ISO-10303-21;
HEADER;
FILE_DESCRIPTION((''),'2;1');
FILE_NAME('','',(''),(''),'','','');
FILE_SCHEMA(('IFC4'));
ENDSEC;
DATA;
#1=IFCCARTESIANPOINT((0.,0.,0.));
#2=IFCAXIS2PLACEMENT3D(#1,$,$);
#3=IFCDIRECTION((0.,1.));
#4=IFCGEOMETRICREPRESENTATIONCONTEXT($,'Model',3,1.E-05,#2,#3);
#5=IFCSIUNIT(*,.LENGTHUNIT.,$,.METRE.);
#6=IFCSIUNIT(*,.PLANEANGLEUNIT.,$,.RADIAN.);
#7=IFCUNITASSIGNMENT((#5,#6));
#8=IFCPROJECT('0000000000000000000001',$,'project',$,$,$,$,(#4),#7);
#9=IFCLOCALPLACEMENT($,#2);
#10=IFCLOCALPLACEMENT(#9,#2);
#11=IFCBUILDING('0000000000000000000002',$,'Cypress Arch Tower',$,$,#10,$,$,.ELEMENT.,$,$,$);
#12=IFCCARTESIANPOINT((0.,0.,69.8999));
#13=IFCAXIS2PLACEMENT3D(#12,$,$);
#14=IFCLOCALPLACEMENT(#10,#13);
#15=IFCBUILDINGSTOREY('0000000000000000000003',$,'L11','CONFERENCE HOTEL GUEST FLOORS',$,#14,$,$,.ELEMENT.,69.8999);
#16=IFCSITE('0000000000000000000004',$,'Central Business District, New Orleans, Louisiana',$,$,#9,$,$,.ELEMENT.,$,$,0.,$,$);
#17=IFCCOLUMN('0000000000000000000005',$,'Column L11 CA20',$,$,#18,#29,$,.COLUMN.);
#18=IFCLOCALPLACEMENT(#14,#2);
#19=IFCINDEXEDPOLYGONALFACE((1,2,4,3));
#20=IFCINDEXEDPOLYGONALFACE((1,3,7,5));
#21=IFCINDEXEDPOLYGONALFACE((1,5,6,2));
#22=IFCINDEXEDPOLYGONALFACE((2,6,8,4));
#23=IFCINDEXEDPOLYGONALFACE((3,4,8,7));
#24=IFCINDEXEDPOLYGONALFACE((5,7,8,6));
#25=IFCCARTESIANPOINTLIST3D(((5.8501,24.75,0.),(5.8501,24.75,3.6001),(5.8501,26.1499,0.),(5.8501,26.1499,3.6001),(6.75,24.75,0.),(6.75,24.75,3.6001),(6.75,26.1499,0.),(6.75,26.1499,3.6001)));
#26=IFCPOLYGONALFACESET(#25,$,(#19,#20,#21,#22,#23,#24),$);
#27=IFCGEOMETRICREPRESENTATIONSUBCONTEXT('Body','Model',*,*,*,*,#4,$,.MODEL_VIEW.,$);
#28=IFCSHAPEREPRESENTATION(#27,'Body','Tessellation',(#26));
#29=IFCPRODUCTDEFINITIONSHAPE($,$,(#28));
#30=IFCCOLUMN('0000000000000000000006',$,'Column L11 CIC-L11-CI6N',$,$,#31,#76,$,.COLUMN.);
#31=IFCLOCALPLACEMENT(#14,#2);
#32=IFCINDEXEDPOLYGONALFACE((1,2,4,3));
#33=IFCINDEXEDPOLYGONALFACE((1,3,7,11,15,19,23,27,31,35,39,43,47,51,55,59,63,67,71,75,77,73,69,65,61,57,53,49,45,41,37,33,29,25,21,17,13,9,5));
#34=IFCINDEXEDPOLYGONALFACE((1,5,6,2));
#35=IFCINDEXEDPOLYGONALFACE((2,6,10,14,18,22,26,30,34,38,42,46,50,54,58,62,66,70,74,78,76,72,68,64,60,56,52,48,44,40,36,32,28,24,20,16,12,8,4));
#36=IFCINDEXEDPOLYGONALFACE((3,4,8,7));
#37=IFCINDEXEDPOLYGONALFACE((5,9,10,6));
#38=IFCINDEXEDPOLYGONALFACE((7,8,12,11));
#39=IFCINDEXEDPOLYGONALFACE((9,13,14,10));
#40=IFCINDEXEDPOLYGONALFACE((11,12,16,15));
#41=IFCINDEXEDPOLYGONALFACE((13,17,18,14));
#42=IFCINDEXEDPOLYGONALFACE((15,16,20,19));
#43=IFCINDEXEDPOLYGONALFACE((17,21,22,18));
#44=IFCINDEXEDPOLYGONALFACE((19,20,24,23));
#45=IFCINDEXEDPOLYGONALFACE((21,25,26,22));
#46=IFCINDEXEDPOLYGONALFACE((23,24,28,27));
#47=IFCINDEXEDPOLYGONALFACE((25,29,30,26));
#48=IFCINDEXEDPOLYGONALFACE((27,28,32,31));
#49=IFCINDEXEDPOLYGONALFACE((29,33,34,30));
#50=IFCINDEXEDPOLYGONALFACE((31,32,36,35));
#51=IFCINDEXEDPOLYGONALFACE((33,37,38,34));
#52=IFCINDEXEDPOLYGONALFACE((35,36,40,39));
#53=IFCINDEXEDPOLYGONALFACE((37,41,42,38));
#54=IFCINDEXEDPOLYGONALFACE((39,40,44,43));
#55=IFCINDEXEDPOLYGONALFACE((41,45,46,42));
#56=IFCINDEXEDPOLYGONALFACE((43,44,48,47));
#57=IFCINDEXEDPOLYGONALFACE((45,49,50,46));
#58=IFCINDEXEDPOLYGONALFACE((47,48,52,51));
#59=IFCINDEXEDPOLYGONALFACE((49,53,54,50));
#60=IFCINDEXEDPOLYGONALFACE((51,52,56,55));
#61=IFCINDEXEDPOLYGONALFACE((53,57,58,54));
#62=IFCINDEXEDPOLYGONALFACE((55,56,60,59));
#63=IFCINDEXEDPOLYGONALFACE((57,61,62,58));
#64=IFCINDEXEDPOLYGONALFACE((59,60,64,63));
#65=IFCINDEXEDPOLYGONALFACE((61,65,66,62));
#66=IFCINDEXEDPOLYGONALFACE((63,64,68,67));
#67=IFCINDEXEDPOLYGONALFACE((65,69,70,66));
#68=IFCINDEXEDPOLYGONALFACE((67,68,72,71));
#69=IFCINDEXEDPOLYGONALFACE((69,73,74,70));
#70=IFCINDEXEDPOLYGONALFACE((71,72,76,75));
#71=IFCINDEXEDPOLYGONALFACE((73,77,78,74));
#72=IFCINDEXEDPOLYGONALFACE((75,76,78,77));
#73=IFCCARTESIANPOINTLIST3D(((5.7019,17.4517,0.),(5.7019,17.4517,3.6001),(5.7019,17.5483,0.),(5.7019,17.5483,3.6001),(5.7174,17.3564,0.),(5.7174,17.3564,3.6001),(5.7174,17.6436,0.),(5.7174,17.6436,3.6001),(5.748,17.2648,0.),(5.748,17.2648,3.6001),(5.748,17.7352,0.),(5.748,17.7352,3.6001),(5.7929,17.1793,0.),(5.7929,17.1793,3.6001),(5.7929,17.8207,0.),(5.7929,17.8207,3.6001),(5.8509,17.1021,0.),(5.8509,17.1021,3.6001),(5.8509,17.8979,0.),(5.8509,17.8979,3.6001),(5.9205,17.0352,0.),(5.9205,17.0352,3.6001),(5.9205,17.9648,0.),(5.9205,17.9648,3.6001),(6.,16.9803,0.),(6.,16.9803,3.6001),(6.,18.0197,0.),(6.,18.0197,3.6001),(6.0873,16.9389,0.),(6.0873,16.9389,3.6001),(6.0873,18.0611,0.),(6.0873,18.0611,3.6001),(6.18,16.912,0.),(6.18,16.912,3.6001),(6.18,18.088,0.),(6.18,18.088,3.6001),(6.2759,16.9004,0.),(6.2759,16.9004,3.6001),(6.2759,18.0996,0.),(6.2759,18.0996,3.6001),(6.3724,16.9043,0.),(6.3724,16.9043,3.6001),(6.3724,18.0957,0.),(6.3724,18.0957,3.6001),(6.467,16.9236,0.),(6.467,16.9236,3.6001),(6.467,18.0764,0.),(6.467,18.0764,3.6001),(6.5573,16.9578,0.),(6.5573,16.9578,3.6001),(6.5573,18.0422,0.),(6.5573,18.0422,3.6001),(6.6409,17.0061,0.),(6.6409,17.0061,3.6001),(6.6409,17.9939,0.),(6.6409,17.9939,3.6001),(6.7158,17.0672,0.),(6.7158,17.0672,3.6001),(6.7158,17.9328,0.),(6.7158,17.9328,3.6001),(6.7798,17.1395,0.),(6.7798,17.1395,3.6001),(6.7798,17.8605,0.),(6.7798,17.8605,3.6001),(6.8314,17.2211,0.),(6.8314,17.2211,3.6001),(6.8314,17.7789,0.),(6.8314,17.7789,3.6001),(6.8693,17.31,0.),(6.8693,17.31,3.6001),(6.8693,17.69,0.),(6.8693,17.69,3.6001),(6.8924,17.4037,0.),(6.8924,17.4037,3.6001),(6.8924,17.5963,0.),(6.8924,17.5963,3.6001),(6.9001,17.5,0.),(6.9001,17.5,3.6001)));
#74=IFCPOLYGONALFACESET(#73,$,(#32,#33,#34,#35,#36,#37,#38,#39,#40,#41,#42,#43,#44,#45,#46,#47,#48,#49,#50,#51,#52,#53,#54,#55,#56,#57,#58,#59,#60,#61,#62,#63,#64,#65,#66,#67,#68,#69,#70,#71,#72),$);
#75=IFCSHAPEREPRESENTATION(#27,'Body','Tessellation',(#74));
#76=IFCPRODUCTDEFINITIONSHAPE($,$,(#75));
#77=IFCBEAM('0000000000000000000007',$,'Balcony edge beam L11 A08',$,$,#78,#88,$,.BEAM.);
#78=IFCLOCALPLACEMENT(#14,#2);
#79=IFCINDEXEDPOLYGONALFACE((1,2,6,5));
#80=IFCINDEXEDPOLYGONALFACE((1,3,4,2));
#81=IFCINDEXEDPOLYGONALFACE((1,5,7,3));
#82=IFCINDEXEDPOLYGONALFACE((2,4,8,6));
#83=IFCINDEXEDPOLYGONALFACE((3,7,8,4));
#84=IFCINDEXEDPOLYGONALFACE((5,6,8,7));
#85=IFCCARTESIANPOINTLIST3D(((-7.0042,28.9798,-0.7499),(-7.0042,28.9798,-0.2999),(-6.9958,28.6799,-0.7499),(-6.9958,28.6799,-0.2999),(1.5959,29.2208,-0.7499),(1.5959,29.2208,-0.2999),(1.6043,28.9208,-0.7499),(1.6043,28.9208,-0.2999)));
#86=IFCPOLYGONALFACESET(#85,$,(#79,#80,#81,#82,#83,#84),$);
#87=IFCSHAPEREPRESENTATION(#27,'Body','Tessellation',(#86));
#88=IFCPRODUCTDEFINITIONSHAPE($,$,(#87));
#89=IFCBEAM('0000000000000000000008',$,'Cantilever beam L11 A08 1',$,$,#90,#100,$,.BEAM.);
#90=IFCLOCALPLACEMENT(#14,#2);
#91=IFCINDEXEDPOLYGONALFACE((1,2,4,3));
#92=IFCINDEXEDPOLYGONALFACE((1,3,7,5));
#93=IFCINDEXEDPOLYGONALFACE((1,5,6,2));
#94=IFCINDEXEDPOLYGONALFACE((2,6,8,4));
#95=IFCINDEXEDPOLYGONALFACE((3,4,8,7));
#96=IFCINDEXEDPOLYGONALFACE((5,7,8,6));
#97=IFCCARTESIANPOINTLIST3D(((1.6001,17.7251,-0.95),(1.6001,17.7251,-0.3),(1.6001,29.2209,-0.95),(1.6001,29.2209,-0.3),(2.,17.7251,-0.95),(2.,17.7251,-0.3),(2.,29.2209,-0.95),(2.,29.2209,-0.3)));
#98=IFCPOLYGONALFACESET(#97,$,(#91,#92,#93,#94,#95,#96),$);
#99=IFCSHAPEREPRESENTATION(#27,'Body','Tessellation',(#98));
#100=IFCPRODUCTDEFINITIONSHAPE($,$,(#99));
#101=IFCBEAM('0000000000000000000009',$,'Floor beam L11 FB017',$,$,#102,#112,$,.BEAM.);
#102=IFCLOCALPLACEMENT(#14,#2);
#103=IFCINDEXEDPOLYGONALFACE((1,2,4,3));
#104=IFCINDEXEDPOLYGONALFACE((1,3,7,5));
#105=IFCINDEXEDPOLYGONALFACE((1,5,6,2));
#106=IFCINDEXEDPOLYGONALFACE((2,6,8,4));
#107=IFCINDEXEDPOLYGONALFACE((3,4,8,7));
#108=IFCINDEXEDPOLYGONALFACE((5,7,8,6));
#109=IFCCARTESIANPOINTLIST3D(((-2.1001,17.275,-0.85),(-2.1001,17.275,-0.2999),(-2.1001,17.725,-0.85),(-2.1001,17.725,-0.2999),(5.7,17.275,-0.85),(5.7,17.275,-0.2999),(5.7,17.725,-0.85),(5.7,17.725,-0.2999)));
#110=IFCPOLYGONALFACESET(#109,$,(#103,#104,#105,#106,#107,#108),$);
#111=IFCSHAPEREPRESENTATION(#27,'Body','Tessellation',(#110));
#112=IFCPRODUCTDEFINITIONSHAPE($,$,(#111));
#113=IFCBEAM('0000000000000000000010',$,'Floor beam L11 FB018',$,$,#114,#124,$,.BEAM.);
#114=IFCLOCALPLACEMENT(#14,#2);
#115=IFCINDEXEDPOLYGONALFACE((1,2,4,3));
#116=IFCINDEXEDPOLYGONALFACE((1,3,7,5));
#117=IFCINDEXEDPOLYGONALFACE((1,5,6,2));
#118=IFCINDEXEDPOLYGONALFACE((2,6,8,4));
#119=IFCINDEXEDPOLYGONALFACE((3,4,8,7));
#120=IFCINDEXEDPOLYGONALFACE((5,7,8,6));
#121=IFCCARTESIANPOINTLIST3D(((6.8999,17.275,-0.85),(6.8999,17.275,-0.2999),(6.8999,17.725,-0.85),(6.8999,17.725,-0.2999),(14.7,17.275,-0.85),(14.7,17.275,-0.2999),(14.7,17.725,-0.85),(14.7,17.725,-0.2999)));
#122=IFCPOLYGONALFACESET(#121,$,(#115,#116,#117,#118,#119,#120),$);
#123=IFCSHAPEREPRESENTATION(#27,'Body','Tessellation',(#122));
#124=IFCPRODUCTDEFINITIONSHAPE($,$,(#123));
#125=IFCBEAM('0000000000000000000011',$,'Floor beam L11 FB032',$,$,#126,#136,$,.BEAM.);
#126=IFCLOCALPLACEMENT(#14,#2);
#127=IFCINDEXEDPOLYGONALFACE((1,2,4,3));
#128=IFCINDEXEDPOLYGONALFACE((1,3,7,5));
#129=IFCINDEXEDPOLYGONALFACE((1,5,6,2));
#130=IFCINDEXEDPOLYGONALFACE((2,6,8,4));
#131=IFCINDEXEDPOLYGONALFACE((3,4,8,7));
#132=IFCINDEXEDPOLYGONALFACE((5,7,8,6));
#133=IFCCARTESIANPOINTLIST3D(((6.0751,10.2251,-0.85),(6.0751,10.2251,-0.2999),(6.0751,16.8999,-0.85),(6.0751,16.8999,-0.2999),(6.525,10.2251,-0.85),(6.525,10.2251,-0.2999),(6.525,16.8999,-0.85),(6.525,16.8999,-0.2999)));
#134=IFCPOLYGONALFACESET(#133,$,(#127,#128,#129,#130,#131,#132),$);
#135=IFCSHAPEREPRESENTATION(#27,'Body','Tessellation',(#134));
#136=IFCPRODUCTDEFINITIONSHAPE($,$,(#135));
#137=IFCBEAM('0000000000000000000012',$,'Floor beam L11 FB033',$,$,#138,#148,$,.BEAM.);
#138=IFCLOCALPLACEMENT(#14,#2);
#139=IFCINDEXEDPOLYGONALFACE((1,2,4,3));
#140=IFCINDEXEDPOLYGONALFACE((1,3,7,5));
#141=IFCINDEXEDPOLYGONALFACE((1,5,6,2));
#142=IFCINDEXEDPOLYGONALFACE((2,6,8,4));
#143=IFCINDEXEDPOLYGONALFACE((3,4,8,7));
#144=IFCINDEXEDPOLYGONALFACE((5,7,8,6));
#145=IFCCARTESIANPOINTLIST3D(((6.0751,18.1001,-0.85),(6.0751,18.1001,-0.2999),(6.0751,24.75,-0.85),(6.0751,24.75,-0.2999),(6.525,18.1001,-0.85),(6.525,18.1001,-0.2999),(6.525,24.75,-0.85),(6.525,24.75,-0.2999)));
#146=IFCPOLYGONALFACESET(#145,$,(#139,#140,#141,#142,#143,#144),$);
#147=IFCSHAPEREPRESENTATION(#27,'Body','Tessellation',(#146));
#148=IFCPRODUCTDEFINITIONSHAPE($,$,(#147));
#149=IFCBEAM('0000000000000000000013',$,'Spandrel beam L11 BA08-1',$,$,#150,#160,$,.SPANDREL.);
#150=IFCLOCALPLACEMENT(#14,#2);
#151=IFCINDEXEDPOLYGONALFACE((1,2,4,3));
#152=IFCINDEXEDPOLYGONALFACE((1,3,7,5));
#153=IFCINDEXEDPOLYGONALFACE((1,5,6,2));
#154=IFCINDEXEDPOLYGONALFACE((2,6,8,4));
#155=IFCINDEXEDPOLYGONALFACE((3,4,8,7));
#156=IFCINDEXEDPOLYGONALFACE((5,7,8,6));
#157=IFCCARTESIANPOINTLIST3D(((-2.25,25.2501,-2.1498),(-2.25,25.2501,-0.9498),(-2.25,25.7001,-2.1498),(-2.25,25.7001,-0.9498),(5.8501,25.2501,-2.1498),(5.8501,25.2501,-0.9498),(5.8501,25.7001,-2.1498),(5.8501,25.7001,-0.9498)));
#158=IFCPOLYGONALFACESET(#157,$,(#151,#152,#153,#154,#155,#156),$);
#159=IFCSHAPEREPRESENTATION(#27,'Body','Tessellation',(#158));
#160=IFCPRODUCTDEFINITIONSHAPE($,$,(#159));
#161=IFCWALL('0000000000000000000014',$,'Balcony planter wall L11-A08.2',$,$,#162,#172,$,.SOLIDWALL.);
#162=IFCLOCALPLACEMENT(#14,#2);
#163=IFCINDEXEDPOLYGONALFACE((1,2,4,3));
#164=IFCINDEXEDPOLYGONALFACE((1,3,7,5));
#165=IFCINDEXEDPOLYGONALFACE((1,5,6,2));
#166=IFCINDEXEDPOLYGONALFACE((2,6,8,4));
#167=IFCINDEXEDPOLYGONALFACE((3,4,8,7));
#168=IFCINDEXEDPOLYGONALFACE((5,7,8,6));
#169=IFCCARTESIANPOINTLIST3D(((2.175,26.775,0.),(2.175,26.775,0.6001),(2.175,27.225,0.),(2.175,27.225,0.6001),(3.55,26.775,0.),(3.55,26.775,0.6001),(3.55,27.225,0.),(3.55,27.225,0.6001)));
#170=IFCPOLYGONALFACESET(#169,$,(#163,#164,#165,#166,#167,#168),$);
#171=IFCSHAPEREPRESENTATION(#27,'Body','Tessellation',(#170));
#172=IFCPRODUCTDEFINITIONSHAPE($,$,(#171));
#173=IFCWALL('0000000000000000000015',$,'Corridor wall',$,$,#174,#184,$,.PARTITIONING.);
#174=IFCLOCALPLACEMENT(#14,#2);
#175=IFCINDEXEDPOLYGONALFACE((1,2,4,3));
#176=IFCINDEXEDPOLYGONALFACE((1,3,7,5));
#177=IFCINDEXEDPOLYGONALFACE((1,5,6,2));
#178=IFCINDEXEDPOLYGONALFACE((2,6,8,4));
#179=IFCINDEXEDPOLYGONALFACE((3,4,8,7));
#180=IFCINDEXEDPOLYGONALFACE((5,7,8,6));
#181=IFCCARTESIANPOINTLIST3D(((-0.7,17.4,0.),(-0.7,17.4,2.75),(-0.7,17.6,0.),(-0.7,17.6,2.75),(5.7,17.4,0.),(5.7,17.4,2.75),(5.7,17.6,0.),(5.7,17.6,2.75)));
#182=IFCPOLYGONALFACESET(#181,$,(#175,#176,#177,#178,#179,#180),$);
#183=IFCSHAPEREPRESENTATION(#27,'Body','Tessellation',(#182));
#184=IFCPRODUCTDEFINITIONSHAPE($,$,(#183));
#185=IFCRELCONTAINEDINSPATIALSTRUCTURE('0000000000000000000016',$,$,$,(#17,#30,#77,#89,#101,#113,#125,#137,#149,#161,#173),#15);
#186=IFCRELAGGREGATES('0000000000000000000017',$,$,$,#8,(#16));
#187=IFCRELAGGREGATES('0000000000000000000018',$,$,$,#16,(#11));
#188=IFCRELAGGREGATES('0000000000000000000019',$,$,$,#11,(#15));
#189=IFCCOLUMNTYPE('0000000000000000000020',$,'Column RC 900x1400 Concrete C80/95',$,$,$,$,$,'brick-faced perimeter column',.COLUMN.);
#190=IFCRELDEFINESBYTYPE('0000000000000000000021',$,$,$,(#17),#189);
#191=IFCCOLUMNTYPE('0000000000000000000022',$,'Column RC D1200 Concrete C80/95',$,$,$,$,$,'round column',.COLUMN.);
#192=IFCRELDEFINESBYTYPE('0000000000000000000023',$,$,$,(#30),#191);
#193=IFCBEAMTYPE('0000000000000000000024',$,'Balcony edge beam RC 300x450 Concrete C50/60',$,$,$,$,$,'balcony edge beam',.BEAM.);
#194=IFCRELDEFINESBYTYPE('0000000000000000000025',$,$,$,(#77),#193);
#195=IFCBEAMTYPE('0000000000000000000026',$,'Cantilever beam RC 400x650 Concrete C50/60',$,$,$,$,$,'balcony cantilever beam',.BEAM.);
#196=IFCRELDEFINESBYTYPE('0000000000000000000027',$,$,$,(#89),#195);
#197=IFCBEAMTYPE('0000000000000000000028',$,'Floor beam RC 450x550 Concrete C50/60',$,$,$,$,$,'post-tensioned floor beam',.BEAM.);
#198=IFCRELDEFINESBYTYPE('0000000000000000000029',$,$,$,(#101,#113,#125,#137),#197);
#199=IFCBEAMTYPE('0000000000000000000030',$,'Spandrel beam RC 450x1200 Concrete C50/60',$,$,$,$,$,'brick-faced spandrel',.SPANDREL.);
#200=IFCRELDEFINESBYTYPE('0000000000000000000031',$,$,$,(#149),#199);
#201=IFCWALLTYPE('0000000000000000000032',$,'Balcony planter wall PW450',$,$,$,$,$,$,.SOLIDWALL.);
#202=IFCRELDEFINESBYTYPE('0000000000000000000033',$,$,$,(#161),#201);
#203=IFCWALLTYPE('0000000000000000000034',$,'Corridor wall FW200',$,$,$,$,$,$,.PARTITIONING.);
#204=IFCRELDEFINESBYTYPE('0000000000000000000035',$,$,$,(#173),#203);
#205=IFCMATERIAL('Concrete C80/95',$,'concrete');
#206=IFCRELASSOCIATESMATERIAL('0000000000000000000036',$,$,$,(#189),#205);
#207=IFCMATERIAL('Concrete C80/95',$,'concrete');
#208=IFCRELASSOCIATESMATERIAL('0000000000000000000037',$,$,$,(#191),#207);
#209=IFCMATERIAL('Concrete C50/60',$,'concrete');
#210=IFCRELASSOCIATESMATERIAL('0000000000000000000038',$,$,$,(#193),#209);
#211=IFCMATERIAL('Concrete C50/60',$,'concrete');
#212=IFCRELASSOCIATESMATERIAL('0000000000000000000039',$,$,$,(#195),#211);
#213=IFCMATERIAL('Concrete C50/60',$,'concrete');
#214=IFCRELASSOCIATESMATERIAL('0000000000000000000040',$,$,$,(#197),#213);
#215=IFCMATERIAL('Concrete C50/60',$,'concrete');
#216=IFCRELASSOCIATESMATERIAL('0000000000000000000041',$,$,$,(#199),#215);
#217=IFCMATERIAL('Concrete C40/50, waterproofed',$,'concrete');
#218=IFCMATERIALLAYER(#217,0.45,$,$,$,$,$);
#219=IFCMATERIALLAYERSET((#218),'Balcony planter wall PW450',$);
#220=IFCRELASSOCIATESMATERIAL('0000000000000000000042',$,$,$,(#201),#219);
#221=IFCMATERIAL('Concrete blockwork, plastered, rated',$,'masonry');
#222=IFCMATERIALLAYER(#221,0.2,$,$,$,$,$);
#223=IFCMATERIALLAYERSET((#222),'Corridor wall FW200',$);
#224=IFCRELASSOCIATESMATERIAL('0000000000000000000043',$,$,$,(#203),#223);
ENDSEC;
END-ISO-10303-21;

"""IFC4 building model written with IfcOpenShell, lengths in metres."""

from ifc_helpers import new_model, si_unit, direction, frame, frame_2d, origin, origin_2d, place, context, subcontext, project, spatial, rectangle, circle, extrude, material, layer, layer_set, material_profile, profile_set, type_object, element, save


model = new_model("IFC4")

# Units and contexts
model_context = context("Model", 3, precision=1e-05, world=origin(), true_north=direction((0.0, 1.0)))
body_context = subcontext(model_context, "Body", "Model", "MODEL_VIEW")
ifc_project = project(units=[si_unit("LENGTHUNIT", "METRE"), si_unit("PLANEANGLEUNIT", "RADIAN")], contexts=[model_context])

# Site, building, storey
site_placement = place(None, origin())
site = spatial("IfcSite", under=ifc_project, at=site_placement, Name="Central Business District, New Orleans, Louisiana", CompositionType="ELEMENT", RefElevation=0.0)
building_placement = place(site_placement, origin())
building = spatial("IfcBuilding", under=site, at=building_placement, Name="Cypress Arch Tower", CompositionType="ELEMENT")
storey_placement = place(building_placement, frame((0.0, 0.0, 69.8999)))
storey = spatial("IfcBuildingStorey", under=building, at=storey_placement, Name="L11", Description="CONFERENCE HOTEL GUEST FLOORS", CompositionType="ELEMENT", Elevation=69.8999)

# Columns
ifc_material_1 = material(Name="Concrete C80/95", Category="concrete")
ifc_material_profile_1 = material_profile(ifc_material_1, rectangle(XDim=0.8999, YDim=1.3999, at=origin_2d()), Name="RC 900x1400")
ifc_profile_set_1 = profile_set([ifc_material_profile_1], Name="Concrete C80/95")
column_type_1 = type_object("IfcColumnType", Name="Column RC 900x1400 Concrete C80/95", ElementType="brick-faced perimeter column", PredefinedType="COLUMN", material=ifc_profile_set_1)
column_1_placement = place(storey_placement, frame((6.3, 25.45, 0.0), z_axis=(0.0, 0.0, 1.0), x_axis=(-1.0, 0.0, 0.0)))
element("IfcColumn", 1, at=column_1_placement, inside=storey, type_object=column_type_1, Name="Column L11 CA20", PredefinedType="COLUMN", context=body_context, shape_type="SweptSolid", body=[
    extrude(rectangle(XDim=0.8999, YDim=1.3999, at=origin_2d()), origin(), (0.0, 0.0, 1.0), 3.6001),
])
ifc_material_2 = material(Name="Concrete C80/95", Category="concrete")
ifc_material_profile_2 = material_profile(ifc_material_2, circle(Radius=0.6001, at=origin_2d()), Name="RC D1200")
ifc_profile_set_2 = profile_set([ifc_material_profile_2], Name="Concrete C80/95")
column_type_2 = type_object("IfcColumnType", Name="Column RC D1200 Concrete C80/95", ElementType="round column", PredefinedType="COLUMN", material=ifc_profile_set_2)
column_2_placement = place(storey_placement, frame((6.3, 17.5, 0.0), z_axis=(0.0, 0.0, 1.0), x_axis=(1.0, 0.0, 0.0)))
element("IfcColumn", 2, at=column_2_placement, inside=storey, type_object=column_type_2, Name="Column L11 CIC-L11-CI6N", PredefinedType="COLUMN", context=body_context, shape_type="SweptSolid", body=[
    extrude(circle(Radius=0.6001, at=origin_2d()), origin(), (0.0, 0.0, 1.0), 3.6001),
])

# Beams
ifc_material_3 = material(Name="Concrete C50/60", Category="concrete")
ifc_material_profile_3 = material_profile(ifc_material_3, rectangle(XDim=0.3, YDim=0.45, at=origin_2d()), Name="RC 300x450")
ifc_profile_set_3 = profile_set([ifc_material_profile_3], Name="Concrete C50/60")
beam_type_1 = type_object("IfcBeamType", Name="Balcony edge beam RC 300x450 Concrete C50/60", ElementType="balcony edge beam", PredefinedType="BEAM", material=ifc_profile_set_3)
beam_1_placement = place(storey_placement, frame((1.6001, 29.0708, -0.5249), z_axis=(-0.999608, -0.028008, 0.0), x_axis=(0.028008, -0.999608, 0.0)))
element("IfcBeam", 3, at=beam_1_placement, inside=storey, type_object=beam_type_1, Name="Balcony edge beam L11 A08", PredefinedType="BEAM", context=body_context, shape_type="SweptSolid", body=[
    extrude(rectangle(XDim=0.3, YDim=0.45, at=origin_2d()), origin(), (0.0, 0.0, 1.0), 8.6035),
])
ifc_material_4 = material(Name="Concrete C50/60", Category="concrete")
ifc_material_profile_4 = material_profile(ifc_material_4, rectangle(XDim=0.3999, YDim=0.6499, at=origin_2d()), Name="RC 400x650")
ifc_profile_set_4 = profile_set([ifc_material_profile_4], Name="Concrete C50/60")
beam_type_2 = type_object("IfcBeamType", Name="Cantilever beam RC 400x650 Concrete C50/60", ElementType="balcony cantilever beam", PredefinedType="BEAM", material=ifc_profile_set_4)
beam_2_placement = place(storey_placement, frame((1.8, 17.7251, -0.625), z_axis=(0.0, 1.0, 0.0), x_axis=(-1.0, 0.0, 0.0)))
element("IfcBeam", 4, at=beam_2_placement, inside=storey, type_object=beam_type_2, Name="Cantilever beam L11 A08 1", PredefinedType="BEAM", context=body_context, shape_type="SweptSolid", body=[
    extrude(rectangle(XDim=0.3999, YDim=0.6499, at=origin_2d()), origin(), (0.0, 0.0, 1.0), 11.4958),
])
ifc_material_5 = material(Name="Concrete C50/60", Category="concrete")
ifc_material_profile_5 = material_profile(ifc_material_5, rectangle(XDim=0.45, YDim=0.55, at=origin_2d()), Name="RC 450x550")
ifc_profile_set_5 = profile_set([ifc_material_profile_5], Name="Concrete C50/60")
beam_type_3 = type_object("IfcBeamType", Name="Floor beam RC 450x550 Concrete C50/60", ElementType="post-tensioned floor beam", PredefinedType="BEAM", material=ifc_profile_set_5)
for number, where, z_axis, x_axis, name in (
    (5, (-2.1001, 17.5, -0.575), (1.0, 0.0, 0.0), (0.0, 1.0, 0.0), "Floor beam L11 FB017"),
    (6, (6.8999, 17.5, -0.575), (1.0, 0.0, 0.0), (0.0, 1.0, 0.0), "Floor beam L11 FB018"),
):
    element("IfcBeam", number, at=place(storey_placement, frame(where, z_axis=z_axis, x_axis=x_axis)), inside=storey, type_object=beam_type_3, Name=name, PredefinedType="BEAM", context=body_context, shape_type="SweptSolid", body=[
        extrude(rectangle(XDim=0.45, YDim=0.55, at=origin_2d()), origin(), (0.0, 0.0, 1.0), 7.8),
    ])
beam_3_placement = place(storey_placement, frame((6.3, 10.2251, -0.575), z_axis=(0.0, 1.0, 0.0), x_axis=(-1.0, 0.0, 0.0)))
element("IfcBeam", 7, at=beam_3_placement, inside=storey, type_object=beam_type_3, Name="Floor beam L11 FB032", PredefinedType="BEAM", context=body_context, shape_type="SweptSolid", body=[
    extrude(rectangle(XDim=0.45, YDim=0.55, at=origin_2d()), origin(), (0.0, 0.0, 1.0), 6.6748),
])
beam_4_placement = place(storey_placement, frame((6.3, 18.1001, -0.575), z_axis=(0.0, 1.0, 0.0), x_axis=(-1.0, 0.0, 0.0)))
element("IfcBeam", 8, at=beam_4_placement, inside=storey, type_object=beam_type_3, Name="Floor beam L11 FB033", PredefinedType="BEAM", context=body_context, shape_type="SweptSolid", body=[
    extrude(rectangle(XDim=0.45, YDim=0.55, at=origin_2d()), origin(), (0.0, 0.0, 1.0), 6.6499),
])
ifc_material_6 = material(Name="Concrete C50/60", Category="concrete")
ifc_material_profile_6 = material_profile(ifc_material_6, rectangle(XDim=0.45, YDim=1.2, at=origin_2d()), Name="RC 450x1200")
ifc_profile_set_6 = profile_set([ifc_material_profile_6], Name="Concrete C50/60")
beam_type_4 = type_object("IfcBeamType", Name="Spandrel beam RC 450x1200 Concrete C50/60", ElementType="brick-faced spandrel", PredefinedType="SPANDREL", material=ifc_profile_set_6)
beam_5_placement = place(storey_placement, frame((5.8501, 25.4751, -1.5498), z_axis=(-1.0, 0.0, 0.0), x_axis=(0.0, -1.0, 0.0)))
element("IfcBeam", 9, at=beam_5_placement, inside=storey, type_object=beam_type_4, Name="Spandrel beam L11 BA08-1", PredefinedType="SPANDREL", context=body_context, shape_type="SweptSolid", body=[
    extrude(rectangle(XDim=0.45, YDim=1.2, at=origin_2d()), origin(), (0.0, 0.0, 1.0), 8.1001),
])

# Wall
ifc_material_7 = material(Name="Concrete C40/50, waterproofed", Category="concrete")
ifc_layer_1 = layer(ifc_material_7, 0.45)
ifc_layer_set_1 = layer_set([ifc_layer_1], Name="Balcony planter wall PW450")
wall_type_1 = type_object("IfcWallType", Name="Balcony planter wall PW450", PredefinedType="SOLIDWALL", material=ifc_layer_set_1)
wall_1_placement = place(storey_placement, frame((3.55, 27.0, 0.0), z_axis=(0.0, 0.0, 1.0), x_axis=(-1.0, 0.0, 0.0)))
element("IfcWall", 10, at=wall_1_placement, inside=storey, type_object=wall_type_1, Name="Balcony planter wall L11-A08.2", PredefinedType="SOLIDWALL", context=body_context, shape_type="SweptSolid", body=[
    extrude(rectangle(XDim=1.375, YDim=0.45, at=frame_2d((0.6875, 0.0))), origin(), (0.0, 0.0, 1.0), 0.6001),
])

# Shared definitions
ifc_material_8 = material(Name="Concrete blockwork, plastered, rated", Category="masonry")
ifc_layer_2 = layer(ifc_material_8, 0.2)
ifc_layer_set_2 = layer_set([ifc_layer_2], Name="Corridor wall FW200")
wall_type_2 = type_object("IfcWallType", Name="Corridor wall FW200", PredefinedType="PARTITIONING", material=ifc_layer_set_2)

# Wall
wall_2_placement = place(storey_placement, frame((-0.7, 17.5, 0.0), z_axis=(0.0, 0.0, 1.0), x_axis=(1.0, 0.0, 0.0)))
element("IfcWall", 11, at=wall_2_placement, inside=storey, type_object=wall_type_2, Name="Corridor wall", PredefinedType="PARTITIONING", context=body_context, shape_type="SweptSolid", body=[
    extrude(rectangle(XDim=6.3999, YDim=0.2, at=frame_2d((3.2, 0.0))), origin(), (0.0, 0.0, 1.0), 2.75),
])

save(model, "model.ifc")
